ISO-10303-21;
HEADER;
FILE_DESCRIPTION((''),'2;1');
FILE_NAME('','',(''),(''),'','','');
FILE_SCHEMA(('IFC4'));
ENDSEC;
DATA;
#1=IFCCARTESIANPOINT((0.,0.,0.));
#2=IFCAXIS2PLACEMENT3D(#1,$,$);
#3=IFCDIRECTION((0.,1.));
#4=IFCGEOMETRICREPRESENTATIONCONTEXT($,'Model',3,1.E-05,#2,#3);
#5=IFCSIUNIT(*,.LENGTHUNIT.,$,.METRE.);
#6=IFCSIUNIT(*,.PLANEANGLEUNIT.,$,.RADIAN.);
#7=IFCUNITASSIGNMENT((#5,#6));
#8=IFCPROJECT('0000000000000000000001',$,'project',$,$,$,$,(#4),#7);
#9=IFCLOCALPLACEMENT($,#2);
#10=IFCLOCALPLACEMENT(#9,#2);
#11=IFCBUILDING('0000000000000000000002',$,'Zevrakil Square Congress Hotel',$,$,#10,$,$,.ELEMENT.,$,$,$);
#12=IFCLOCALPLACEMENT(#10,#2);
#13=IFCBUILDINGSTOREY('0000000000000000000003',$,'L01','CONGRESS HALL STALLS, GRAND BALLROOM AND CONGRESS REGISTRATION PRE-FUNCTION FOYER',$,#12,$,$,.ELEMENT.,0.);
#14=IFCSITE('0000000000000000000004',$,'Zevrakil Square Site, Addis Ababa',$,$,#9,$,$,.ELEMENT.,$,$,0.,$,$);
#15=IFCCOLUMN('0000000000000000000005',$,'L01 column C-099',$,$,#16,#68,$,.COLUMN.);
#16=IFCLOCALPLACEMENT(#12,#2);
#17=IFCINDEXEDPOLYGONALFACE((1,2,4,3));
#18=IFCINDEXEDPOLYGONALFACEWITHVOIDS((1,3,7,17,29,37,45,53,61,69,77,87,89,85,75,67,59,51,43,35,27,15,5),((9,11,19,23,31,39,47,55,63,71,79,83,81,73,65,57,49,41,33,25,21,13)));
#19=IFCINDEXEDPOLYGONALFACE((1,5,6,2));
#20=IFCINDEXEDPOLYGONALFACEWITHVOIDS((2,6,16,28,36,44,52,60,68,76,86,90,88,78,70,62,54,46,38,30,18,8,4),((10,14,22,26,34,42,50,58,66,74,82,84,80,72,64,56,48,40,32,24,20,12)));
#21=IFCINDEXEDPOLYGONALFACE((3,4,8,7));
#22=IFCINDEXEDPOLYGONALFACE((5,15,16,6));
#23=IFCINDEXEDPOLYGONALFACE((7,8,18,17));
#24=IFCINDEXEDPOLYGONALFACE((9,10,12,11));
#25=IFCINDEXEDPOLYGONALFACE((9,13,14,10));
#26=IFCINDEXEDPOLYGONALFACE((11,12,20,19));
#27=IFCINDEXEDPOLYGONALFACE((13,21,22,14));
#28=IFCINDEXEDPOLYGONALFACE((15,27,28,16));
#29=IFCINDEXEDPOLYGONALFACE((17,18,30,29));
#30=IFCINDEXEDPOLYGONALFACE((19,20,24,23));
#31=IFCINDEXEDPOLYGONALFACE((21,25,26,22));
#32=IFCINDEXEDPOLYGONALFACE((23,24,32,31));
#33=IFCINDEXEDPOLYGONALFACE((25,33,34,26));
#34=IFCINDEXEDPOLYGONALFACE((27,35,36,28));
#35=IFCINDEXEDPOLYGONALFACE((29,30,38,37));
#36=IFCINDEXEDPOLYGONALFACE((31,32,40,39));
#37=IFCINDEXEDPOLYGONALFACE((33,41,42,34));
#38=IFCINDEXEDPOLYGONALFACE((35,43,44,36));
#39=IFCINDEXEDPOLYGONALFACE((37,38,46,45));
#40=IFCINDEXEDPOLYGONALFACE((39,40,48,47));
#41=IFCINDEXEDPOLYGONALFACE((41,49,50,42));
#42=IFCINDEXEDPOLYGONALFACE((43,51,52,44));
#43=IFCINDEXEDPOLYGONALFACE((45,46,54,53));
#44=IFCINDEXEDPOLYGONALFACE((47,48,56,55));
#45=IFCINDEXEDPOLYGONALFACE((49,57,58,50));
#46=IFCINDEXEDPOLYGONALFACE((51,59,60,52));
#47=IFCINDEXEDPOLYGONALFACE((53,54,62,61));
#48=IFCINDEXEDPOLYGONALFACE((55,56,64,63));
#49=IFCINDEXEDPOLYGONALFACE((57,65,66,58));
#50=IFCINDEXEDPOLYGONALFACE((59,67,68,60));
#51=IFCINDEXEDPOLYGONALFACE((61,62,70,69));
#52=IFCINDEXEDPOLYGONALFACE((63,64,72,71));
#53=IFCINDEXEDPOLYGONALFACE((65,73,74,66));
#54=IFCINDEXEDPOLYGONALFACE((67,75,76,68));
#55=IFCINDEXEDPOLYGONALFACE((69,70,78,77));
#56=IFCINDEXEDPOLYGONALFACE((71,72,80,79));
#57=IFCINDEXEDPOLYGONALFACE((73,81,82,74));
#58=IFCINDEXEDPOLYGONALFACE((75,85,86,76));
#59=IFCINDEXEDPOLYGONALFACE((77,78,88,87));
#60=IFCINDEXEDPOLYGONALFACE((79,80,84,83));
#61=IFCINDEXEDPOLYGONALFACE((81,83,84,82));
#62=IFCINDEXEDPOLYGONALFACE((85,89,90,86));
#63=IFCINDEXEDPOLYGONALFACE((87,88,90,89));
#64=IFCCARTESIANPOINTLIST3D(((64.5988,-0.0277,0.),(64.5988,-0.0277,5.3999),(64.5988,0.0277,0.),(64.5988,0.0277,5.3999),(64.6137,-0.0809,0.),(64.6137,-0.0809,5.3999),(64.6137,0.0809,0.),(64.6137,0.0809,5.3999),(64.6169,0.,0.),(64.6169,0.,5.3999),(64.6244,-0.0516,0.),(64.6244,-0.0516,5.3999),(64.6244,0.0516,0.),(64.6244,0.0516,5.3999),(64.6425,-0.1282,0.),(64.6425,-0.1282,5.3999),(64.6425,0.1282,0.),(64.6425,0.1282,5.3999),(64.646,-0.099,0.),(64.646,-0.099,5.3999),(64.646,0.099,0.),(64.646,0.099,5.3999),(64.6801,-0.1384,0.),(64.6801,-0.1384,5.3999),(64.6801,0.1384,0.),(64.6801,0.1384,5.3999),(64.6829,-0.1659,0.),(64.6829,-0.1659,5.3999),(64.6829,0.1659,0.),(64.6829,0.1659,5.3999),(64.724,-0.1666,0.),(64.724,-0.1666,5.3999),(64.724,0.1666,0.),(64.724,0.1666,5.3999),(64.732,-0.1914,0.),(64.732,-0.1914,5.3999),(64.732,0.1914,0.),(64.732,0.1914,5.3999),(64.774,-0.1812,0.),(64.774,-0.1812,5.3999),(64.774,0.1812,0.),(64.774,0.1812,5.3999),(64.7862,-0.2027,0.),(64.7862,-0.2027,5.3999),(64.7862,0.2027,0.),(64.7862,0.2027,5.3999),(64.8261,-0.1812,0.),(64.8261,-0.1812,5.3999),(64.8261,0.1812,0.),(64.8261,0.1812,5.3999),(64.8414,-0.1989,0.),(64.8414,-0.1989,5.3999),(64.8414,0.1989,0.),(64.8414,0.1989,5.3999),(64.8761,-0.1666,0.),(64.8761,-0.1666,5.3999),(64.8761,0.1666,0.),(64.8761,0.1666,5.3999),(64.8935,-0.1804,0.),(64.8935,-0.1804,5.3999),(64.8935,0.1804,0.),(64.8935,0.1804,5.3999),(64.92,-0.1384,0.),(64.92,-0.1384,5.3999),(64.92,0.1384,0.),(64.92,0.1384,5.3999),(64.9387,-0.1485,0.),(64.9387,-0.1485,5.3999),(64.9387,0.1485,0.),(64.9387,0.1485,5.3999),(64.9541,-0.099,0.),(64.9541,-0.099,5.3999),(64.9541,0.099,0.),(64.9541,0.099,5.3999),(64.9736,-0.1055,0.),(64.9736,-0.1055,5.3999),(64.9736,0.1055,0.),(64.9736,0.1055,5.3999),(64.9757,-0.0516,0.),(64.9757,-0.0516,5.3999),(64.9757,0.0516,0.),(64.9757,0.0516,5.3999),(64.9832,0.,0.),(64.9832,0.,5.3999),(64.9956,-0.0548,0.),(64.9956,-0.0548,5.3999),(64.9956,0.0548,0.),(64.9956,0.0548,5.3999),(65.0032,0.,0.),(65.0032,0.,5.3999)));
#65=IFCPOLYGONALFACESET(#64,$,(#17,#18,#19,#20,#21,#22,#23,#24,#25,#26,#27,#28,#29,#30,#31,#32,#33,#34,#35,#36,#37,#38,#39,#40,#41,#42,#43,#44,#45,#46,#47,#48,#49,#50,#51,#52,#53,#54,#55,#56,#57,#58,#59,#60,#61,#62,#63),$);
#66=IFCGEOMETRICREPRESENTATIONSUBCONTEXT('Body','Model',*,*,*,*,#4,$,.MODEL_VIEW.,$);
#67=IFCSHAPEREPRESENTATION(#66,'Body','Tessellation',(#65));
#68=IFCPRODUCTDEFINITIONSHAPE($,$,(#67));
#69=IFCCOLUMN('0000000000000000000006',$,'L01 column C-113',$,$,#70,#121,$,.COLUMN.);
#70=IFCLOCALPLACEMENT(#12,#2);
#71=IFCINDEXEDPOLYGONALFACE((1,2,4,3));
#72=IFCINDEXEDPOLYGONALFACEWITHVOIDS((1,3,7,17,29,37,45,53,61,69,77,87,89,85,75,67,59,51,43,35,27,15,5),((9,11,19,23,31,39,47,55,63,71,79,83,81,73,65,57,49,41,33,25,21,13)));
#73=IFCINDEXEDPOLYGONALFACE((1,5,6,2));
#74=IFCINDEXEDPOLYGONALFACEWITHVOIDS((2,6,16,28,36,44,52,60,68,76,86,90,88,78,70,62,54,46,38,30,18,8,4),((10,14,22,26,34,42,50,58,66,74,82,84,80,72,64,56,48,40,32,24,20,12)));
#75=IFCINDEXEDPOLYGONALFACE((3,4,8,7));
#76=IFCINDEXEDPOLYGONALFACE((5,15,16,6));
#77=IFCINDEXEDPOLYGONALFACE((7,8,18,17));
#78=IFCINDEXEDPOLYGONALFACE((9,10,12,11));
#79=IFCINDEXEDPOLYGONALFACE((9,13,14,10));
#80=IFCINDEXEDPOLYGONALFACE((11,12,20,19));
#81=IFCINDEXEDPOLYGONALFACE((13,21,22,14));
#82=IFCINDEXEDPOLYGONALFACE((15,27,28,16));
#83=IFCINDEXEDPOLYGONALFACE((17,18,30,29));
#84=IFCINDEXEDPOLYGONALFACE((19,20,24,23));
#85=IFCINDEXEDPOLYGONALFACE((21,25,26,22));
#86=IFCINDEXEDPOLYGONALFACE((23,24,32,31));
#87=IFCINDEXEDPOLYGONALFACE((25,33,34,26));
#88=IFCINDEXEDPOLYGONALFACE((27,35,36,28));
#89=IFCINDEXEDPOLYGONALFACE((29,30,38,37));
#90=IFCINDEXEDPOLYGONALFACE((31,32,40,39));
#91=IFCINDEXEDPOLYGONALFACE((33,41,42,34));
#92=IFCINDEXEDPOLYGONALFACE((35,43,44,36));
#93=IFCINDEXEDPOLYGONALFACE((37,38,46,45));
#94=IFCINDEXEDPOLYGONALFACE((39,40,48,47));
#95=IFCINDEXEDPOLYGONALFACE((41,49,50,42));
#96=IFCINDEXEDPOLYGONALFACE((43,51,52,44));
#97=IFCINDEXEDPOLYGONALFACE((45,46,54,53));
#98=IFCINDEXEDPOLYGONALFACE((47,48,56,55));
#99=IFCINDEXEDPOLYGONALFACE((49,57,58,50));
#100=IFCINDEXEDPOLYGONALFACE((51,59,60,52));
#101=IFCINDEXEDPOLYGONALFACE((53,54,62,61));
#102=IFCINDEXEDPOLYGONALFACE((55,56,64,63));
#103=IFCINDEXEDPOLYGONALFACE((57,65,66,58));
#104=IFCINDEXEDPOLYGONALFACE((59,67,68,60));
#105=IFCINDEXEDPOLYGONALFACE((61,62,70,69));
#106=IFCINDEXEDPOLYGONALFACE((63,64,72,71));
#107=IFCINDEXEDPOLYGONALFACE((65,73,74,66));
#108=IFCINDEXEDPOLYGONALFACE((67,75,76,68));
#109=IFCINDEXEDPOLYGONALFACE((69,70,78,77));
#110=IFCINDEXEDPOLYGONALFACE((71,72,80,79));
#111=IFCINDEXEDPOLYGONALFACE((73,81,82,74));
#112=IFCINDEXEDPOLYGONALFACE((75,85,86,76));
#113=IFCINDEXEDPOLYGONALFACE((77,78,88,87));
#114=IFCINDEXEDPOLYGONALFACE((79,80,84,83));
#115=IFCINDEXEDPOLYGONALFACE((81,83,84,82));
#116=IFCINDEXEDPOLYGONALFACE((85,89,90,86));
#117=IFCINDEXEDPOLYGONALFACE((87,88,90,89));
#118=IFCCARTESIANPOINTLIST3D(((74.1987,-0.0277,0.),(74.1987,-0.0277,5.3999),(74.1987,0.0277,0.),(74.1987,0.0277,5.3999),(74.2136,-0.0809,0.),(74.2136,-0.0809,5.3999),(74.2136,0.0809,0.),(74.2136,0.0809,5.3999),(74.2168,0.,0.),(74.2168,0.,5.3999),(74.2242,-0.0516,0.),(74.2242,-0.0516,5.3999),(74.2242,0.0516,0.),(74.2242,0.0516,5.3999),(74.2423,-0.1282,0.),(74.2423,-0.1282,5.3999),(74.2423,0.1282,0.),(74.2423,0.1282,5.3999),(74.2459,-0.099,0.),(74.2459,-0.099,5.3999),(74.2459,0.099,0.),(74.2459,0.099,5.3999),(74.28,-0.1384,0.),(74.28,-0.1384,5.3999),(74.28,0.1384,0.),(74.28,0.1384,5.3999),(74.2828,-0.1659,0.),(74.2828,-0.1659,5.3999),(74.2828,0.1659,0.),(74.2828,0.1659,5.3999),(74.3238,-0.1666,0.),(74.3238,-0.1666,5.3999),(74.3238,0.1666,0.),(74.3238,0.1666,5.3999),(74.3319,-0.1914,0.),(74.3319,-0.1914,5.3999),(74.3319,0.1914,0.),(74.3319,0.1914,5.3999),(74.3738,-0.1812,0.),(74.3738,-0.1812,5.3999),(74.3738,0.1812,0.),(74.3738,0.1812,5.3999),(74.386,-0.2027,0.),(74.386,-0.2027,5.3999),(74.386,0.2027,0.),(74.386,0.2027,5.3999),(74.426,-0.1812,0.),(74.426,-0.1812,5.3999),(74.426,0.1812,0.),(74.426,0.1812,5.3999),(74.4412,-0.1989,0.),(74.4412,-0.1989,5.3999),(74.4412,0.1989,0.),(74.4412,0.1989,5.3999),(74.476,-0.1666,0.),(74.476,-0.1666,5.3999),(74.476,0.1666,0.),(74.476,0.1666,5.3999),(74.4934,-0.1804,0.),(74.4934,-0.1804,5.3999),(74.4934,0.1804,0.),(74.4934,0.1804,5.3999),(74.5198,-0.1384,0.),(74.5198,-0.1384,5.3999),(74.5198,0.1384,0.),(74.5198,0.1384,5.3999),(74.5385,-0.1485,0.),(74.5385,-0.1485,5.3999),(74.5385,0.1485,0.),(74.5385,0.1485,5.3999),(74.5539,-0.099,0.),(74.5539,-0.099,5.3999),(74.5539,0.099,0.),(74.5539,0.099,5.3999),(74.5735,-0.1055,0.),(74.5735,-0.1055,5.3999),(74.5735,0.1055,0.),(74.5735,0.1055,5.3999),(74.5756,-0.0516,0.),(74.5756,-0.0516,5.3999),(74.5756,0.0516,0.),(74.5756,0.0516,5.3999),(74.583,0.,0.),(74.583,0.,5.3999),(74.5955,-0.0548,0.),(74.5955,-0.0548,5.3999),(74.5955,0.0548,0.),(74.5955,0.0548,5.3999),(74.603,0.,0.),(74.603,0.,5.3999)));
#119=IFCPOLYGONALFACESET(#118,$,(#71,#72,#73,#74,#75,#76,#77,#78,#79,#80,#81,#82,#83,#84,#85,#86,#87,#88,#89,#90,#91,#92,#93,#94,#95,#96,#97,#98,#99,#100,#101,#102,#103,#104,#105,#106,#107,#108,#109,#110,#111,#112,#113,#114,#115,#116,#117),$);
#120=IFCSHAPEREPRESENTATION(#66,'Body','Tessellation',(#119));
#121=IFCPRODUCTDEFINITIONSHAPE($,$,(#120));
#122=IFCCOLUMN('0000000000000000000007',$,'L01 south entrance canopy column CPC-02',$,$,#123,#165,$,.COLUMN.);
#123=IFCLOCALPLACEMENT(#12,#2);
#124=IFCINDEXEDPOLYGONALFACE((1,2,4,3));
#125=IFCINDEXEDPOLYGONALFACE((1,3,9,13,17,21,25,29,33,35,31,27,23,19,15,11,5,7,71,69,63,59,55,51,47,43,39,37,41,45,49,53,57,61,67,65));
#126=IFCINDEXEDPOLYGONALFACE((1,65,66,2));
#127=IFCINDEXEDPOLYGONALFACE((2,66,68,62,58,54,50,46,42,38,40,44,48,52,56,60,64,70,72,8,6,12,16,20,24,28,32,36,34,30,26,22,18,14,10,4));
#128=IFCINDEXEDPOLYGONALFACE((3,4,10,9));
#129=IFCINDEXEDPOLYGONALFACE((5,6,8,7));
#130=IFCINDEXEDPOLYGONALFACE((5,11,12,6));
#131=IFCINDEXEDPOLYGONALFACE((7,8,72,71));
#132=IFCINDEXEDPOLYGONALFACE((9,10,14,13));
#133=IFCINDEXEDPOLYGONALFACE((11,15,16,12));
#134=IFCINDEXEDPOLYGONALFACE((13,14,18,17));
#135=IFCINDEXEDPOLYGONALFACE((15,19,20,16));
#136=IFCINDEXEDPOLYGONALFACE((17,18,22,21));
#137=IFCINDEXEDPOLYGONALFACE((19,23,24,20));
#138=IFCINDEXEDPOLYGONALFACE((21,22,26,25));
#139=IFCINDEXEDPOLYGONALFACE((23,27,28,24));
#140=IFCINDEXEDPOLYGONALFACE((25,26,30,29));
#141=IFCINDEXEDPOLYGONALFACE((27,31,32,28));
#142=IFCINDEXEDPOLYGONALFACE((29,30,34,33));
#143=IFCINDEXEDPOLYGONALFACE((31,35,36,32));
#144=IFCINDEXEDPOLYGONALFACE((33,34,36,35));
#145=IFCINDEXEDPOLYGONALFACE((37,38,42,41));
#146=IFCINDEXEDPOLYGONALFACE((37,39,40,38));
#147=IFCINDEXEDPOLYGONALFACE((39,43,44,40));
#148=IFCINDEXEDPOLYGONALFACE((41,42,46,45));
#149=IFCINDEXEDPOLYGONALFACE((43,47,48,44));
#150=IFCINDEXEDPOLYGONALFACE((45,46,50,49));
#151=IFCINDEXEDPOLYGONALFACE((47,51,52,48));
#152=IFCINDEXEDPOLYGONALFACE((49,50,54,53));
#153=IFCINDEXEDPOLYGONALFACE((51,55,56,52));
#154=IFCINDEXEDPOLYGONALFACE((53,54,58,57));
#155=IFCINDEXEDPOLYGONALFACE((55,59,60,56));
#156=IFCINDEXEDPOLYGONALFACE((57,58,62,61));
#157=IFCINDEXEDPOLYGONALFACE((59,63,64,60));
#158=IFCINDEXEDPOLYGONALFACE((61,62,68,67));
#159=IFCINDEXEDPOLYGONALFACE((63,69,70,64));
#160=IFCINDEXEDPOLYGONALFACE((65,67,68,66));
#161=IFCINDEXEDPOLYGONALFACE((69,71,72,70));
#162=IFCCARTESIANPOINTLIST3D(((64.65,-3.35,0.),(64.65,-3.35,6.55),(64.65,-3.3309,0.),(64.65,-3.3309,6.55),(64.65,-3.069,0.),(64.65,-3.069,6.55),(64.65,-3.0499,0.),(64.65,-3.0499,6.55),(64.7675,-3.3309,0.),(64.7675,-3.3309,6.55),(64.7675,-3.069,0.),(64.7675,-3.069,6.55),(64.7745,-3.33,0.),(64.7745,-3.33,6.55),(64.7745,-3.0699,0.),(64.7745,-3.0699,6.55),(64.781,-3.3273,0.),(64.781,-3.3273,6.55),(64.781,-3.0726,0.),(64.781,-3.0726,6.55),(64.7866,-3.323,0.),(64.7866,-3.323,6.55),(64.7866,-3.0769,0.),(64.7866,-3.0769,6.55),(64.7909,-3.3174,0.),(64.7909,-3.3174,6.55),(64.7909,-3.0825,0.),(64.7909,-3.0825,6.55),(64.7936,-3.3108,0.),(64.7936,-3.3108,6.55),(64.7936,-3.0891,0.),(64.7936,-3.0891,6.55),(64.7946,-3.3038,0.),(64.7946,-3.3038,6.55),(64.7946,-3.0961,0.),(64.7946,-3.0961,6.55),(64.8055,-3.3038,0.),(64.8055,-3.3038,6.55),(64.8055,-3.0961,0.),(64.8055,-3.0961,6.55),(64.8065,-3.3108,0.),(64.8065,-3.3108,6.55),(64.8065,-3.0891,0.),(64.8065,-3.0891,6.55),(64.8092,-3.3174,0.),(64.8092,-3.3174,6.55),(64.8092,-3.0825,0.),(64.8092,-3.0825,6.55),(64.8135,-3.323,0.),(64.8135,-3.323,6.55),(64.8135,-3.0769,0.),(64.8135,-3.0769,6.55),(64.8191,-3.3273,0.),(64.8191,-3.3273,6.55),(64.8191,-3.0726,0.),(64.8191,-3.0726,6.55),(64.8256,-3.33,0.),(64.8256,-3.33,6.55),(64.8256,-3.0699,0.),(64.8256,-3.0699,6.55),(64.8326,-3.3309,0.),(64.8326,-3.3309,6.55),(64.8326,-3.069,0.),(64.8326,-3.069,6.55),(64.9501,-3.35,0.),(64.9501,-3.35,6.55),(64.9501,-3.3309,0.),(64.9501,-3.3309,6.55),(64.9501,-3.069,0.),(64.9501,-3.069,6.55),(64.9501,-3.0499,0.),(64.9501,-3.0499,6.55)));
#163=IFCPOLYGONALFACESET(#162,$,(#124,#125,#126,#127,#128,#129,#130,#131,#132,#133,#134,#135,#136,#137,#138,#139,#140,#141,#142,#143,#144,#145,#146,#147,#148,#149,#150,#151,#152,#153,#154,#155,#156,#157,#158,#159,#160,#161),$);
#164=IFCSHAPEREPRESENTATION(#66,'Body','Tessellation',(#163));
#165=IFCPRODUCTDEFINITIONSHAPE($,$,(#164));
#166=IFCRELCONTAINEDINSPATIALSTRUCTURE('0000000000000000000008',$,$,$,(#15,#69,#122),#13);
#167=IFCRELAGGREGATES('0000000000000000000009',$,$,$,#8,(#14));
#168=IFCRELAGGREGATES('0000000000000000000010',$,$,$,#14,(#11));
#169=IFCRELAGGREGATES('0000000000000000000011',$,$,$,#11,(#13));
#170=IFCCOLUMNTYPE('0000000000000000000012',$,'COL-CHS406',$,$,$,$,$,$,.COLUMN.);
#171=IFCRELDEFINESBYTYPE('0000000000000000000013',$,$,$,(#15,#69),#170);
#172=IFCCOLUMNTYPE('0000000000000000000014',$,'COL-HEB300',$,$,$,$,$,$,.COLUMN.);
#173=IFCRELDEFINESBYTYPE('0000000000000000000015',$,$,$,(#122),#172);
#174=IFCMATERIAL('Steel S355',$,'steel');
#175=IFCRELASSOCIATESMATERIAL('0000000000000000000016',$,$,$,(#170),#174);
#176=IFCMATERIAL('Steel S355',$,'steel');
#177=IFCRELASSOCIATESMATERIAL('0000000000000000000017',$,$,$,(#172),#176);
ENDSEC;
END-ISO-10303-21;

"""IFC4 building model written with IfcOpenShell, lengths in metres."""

from ifc_helpers import new_model, si_unit, direction, frame, origin, origin_2d, place, context, subcontext, project, spatial, hollow_circle, i_section, extrude, material, material_profile, profile_set, type_object, element, save


model = new_model("IFC4")

# Units and contexts
model_context = context("Model", 3, precision=1e-05, world=origin(), true_north=direction((0.0, 1.0)))
body_context = subcontext(model_context, "Body", "Model", "MODEL_VIEW")
ifc_project = project(units=[si_unit("LENGTHUNIT", "METRE"), si_unit("PLANEANGLEUNIT", "RADIAN")], contexts=[model_context])

# Site, building, storey
site_placement = place(None, origin())
site = spatial("IfcSite", under=ifc_project, at=site_placement, Name="Zevrakil Square Site, Addis Ababa", CompositionType="ELEMENT", RefElevation=0.0)
building_placement = place(site_placement, origin())
building = spatial("IfcBuilding", under=site, at=building_placement, Name="Zevrakil Square Congress Hotel", CompositionType="ELEMENT")
storey_placement = place(building_placement, origin())
storey = spatial("IfcBuildingStorey", under=building, at=storey_placement, Name="L01", Description="CONGRESS HALL STALLS, GRAND BALLROOM AND CONGRESS REGISTRATION PRE-FUNCTION FOYER", CompositionType="ELEMENT", Elevation=0.0)

# Columns
ifc_material_1 = material(Name="Steel S355", Category="steel")
ifc_material_profile_1 = material_profile(ifc_material_1, hollow_circle(Radius=0.2031, WallThickness=0.02, at=origin_2d()), Name="CHS 406.4x20")
ifc_profile_set_1 = profile_set([ifc_material_profile_1], Name="Steel S355")
column_type_1 = type_object("IfcColumnType", Name="COL-CHS406", PredefinedType="COLUMN", material=ifc_profile_set_1)
for number, where, z_axis, x_axis, name in (
    (1, (64.8, 0.0, 0.0), (0.0, 0.0, 1.0), (1.0, 0.0, 0.0), "L01 column C-099"),
    (2, (74.3999, 0.0, 0.0), (0.0, 0.0, 1.0), (1.0, 0.0, 0.0), "L01 column C-113"),
):
    element("IfcColumn", number, at=place(storey_placement, frame(where, z_axis=z_axis, x_axis=x_axis)), inside=storey, type_object=column_type_1, Name=name, PredefinedType="COLUMN", context=body_context, shape_type="SweptSolid", body=[
        extrude(hollow_circle(Radius=0.2031, WallThickness=0.02, at=origin_2d()), origin(), (0.0, 0.0, 1.0), 5.3999),
    ])
ifc_material_2 = material(Name="Steel S355", Category="steel")
ifc_material_profile_2 = material_profile(ifc_material_2, i_section(OverallWidth=0.3, OverallDepth=0.3, WebThickness=0.011, FlangeThickness=0.019, FilletRadius=0.0271, at=origin_2d()), Name="HEB 300")
ifc_profile_set_2 = profile_set([ifc_material_profile_2], Name="Steel S355")
column_type_2 = type_object("IfcColumnType", Name="COL-HEB300", PredefinedType="COLUMN", material=ifc_profile_set_2)
column_placement = place(storey_placement, frame((64.8, -3.2, 0.0), z_axis=(0.0, 0.0, 1.0), x_axis=(1.0, 0.0, 0.0)))
element("IfcColumn", 3, at=column_placement, inside=storey, type_object=column_type_2, Name="L01 south entrance canopy column CPC-02", PredefinedType="COLUMN", context=body_context, shape_type="SweptSolid", body=[
    extrude(i_section(OverallWidth=0.3, OverallDepth=0.3, WebThickness=0.011, FlangeThickness=0.019, FilletRadius=0.0271, at=origin_2d()), origin(), (0.0, 0.0, 1.0), 6.55),
])

save(model, "model.ifc")
